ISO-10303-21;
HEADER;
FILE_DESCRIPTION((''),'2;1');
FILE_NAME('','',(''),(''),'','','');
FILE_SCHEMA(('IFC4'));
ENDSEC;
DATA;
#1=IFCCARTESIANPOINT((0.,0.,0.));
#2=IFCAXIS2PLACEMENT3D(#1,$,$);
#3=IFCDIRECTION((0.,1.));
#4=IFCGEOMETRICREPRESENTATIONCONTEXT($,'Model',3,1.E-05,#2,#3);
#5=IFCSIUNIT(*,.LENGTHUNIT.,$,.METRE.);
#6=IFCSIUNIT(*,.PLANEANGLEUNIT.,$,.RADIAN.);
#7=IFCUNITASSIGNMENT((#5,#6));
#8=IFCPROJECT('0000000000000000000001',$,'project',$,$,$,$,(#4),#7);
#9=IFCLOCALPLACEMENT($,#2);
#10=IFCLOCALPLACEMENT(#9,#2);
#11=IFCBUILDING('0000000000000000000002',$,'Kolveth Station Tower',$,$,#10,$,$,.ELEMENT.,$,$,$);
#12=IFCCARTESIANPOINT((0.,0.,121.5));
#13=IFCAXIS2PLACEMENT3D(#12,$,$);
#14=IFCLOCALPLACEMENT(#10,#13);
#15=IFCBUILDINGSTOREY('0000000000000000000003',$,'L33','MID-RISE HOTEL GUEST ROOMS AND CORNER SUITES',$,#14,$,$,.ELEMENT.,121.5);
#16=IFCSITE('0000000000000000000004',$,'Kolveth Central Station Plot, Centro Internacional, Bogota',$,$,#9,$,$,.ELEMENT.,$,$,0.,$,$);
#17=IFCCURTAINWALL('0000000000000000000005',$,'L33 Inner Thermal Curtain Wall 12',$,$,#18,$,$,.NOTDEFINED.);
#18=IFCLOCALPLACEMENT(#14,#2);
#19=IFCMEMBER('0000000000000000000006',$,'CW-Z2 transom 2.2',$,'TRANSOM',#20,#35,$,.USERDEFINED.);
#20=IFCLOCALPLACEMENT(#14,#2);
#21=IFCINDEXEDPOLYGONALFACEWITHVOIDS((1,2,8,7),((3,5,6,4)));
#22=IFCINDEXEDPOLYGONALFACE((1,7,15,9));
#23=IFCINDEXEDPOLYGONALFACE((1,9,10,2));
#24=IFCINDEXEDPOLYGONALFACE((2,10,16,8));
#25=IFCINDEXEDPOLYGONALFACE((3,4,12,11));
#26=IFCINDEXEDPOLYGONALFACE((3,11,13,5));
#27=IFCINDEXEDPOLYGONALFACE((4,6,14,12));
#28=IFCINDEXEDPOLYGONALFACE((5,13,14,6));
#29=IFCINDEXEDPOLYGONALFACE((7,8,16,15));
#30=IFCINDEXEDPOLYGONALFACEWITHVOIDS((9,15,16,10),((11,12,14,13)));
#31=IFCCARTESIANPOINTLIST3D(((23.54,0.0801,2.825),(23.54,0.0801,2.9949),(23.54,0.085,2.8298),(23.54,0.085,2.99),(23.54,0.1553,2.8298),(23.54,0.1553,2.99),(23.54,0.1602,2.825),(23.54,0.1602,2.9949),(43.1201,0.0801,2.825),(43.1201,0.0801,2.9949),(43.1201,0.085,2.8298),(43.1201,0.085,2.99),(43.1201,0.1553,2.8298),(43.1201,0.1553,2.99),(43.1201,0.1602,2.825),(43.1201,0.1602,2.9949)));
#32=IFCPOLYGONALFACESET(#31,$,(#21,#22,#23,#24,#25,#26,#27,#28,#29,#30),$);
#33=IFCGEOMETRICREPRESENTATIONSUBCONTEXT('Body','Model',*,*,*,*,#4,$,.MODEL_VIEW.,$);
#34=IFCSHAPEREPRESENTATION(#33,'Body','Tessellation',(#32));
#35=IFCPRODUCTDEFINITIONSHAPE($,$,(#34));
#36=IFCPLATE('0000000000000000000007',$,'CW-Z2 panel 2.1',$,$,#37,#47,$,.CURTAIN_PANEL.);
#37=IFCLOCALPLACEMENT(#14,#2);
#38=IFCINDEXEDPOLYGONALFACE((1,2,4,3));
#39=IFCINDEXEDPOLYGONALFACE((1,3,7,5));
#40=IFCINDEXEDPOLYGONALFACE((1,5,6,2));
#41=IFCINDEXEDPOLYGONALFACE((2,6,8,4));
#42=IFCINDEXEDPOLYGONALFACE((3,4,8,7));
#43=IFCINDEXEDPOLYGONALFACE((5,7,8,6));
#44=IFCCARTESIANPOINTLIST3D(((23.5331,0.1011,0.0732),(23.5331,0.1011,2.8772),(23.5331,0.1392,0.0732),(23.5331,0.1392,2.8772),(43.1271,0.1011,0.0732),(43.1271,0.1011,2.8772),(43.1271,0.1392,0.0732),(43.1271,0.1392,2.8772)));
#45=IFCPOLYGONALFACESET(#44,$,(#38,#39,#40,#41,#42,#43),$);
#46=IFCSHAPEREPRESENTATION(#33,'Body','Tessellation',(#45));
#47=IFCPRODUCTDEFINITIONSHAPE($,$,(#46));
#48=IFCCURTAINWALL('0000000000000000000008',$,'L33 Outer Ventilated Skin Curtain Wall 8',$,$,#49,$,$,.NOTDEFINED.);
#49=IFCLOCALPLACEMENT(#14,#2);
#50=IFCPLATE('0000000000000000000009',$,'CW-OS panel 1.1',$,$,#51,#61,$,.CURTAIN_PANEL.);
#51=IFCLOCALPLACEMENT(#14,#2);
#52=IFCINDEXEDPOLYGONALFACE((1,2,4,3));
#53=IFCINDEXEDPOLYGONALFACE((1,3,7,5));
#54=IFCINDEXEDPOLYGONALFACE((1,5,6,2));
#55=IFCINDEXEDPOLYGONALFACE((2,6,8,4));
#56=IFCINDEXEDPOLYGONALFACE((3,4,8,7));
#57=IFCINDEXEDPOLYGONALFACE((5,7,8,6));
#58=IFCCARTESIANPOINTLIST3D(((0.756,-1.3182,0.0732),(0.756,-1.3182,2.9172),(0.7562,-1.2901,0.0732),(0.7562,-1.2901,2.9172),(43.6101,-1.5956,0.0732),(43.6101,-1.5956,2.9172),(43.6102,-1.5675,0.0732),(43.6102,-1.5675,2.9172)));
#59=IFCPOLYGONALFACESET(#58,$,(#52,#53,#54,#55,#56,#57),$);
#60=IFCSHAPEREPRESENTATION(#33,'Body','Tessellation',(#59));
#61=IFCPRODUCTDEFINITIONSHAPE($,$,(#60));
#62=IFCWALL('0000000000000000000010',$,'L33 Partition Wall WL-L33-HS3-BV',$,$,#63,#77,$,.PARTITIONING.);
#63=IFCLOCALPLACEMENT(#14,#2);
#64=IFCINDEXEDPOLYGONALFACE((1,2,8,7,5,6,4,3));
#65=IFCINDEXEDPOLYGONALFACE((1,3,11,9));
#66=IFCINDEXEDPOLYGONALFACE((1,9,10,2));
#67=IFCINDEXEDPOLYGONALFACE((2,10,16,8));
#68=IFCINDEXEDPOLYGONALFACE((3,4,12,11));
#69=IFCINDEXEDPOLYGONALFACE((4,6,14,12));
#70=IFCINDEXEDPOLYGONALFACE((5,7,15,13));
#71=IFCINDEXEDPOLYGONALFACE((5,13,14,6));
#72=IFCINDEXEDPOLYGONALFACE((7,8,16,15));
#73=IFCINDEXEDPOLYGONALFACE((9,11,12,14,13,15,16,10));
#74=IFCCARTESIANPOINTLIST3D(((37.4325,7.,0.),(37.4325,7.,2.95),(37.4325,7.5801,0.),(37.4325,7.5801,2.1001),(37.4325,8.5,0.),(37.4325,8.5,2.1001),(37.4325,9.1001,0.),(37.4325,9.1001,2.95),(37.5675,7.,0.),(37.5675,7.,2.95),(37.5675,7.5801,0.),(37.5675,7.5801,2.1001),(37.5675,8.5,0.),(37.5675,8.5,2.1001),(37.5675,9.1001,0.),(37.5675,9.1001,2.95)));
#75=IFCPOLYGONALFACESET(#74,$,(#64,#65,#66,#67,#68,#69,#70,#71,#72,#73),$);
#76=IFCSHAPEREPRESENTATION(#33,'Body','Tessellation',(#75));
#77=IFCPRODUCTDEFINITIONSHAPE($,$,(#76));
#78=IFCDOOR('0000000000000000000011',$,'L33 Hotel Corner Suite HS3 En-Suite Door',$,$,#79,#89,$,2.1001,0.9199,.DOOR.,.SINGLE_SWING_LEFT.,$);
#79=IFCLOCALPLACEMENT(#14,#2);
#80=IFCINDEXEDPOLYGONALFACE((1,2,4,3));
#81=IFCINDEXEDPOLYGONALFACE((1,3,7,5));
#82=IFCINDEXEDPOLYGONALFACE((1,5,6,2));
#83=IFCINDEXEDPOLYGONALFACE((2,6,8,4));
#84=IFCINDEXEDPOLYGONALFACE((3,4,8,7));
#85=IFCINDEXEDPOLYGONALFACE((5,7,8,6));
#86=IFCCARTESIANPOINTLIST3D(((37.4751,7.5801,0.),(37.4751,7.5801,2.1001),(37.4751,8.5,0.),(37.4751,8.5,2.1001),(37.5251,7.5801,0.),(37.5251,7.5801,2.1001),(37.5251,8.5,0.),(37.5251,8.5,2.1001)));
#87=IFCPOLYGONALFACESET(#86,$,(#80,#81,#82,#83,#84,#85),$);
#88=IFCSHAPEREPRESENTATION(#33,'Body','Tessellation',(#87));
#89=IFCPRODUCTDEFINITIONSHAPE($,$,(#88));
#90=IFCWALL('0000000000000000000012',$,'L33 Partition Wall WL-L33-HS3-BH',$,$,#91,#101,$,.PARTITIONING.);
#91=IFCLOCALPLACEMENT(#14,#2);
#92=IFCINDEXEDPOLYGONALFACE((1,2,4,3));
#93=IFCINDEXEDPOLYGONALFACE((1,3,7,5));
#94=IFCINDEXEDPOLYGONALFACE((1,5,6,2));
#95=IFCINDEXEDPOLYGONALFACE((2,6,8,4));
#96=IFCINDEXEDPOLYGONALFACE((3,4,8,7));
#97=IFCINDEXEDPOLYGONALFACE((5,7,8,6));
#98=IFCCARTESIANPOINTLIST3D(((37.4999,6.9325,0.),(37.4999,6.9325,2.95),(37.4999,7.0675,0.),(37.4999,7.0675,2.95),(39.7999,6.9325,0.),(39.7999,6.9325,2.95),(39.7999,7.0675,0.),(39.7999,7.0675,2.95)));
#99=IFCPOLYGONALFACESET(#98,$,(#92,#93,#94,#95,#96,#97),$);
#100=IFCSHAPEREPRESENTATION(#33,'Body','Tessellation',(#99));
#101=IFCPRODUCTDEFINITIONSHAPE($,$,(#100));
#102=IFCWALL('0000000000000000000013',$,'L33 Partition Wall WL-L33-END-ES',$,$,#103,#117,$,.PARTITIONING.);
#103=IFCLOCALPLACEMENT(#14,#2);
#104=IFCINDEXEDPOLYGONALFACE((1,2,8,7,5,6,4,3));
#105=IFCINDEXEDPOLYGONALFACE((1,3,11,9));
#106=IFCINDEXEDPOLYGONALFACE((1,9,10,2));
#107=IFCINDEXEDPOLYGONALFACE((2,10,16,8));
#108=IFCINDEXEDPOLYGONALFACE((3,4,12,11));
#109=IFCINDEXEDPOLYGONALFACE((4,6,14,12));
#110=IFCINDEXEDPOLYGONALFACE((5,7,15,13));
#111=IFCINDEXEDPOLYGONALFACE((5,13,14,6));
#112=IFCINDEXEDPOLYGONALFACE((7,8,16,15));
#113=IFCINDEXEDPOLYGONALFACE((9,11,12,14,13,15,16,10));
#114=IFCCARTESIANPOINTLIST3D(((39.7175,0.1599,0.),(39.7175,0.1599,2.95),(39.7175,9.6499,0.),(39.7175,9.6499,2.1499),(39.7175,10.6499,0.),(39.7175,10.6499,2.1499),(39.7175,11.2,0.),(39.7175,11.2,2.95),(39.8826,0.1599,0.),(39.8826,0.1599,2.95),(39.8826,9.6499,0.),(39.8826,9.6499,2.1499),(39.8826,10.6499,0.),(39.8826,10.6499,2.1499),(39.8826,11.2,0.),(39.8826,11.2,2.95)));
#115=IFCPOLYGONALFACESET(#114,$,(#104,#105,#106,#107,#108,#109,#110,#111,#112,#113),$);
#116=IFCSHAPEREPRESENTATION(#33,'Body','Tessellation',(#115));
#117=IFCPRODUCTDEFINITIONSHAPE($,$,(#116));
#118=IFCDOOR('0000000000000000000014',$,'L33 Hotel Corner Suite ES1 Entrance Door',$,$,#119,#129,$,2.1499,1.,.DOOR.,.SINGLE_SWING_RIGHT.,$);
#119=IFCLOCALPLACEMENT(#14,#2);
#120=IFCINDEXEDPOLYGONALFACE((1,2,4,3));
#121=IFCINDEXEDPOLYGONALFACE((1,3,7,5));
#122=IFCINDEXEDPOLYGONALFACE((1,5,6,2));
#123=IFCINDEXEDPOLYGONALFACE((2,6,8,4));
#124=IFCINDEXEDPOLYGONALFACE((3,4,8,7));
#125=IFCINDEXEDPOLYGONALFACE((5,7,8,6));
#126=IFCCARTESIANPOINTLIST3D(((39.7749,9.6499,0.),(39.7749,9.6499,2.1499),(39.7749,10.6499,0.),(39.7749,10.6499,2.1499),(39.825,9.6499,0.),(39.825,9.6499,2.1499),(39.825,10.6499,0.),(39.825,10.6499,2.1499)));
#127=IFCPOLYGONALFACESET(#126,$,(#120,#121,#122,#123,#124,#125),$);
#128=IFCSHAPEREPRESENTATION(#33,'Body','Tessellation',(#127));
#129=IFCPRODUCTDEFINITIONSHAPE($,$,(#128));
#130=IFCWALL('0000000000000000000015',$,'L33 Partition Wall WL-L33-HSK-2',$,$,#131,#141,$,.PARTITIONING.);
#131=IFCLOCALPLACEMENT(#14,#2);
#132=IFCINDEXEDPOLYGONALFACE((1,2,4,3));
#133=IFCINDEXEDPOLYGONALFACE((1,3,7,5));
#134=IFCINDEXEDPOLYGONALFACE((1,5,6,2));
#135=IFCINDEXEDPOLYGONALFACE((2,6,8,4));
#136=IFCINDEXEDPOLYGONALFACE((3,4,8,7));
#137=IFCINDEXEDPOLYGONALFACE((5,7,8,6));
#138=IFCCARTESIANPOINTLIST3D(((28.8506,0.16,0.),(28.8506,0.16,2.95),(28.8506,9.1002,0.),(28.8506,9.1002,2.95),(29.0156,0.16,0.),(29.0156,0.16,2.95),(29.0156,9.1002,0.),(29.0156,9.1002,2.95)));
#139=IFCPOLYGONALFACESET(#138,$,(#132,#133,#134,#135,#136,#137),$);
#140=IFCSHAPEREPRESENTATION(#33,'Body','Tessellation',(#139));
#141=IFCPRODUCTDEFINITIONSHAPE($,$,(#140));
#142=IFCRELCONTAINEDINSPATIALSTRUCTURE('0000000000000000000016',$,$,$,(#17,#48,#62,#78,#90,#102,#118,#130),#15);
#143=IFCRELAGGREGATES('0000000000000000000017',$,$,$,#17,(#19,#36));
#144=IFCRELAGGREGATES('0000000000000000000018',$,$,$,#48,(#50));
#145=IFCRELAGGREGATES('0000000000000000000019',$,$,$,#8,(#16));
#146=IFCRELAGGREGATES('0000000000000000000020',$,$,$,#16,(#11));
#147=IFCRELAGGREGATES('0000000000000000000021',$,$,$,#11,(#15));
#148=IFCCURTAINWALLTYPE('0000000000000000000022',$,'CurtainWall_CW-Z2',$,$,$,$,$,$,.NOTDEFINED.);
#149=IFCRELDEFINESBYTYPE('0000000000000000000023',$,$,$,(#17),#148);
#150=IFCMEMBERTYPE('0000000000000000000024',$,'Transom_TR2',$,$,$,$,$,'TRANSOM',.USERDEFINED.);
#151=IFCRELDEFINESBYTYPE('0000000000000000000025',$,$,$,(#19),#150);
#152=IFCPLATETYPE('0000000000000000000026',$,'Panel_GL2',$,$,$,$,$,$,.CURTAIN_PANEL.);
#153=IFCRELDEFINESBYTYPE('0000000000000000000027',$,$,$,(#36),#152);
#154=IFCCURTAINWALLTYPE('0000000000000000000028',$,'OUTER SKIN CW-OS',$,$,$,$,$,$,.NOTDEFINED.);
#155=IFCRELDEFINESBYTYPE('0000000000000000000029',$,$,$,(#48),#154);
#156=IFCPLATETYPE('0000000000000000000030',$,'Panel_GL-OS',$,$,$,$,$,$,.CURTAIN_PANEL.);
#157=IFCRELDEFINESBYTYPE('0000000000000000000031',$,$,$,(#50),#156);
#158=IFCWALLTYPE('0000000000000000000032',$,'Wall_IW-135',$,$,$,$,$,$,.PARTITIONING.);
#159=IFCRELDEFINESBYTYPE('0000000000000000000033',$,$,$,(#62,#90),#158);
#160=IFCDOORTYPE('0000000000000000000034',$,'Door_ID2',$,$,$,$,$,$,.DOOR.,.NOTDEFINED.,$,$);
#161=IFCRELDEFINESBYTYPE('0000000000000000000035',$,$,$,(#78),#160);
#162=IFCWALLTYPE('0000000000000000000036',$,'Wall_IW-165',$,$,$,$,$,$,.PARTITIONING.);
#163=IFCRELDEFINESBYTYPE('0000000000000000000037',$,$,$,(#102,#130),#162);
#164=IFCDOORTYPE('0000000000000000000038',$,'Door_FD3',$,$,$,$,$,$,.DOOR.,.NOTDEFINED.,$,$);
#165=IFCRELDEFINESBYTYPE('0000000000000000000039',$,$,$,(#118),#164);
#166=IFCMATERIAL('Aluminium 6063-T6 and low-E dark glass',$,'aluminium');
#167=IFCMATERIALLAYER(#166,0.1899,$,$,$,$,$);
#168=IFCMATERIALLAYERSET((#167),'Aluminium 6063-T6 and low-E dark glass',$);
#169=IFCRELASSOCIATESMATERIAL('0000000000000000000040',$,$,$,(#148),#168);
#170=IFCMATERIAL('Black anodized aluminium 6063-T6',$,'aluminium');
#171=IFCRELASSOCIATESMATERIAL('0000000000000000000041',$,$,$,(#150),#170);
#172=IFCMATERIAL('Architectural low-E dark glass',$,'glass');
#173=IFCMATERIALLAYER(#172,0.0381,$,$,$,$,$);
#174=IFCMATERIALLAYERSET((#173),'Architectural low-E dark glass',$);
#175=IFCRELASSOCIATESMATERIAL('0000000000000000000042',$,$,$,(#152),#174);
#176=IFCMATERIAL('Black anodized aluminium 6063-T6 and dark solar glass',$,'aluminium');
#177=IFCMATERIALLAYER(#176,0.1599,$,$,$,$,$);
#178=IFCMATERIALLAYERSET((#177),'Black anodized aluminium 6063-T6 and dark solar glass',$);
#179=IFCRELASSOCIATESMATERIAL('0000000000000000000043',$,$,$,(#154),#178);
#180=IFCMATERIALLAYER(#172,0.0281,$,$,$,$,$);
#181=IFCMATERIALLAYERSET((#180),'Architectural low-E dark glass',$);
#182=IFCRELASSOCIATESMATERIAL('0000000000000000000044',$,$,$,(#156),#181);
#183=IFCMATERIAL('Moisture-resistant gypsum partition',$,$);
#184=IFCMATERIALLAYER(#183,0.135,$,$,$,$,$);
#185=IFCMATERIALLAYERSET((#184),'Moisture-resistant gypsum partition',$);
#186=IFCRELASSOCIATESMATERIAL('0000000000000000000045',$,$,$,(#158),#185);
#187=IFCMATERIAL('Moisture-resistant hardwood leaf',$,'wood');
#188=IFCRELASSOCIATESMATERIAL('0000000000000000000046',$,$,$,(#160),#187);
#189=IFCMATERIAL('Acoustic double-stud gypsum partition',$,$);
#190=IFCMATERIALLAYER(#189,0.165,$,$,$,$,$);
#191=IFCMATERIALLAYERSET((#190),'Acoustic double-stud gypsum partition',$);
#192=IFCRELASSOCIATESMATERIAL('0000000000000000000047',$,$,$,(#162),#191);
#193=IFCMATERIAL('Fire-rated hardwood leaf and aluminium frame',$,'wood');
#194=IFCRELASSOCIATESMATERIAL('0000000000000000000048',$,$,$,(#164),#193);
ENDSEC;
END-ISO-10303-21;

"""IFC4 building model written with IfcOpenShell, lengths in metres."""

from ifc_helpers import new_model, si_unit, direction, frame, frame_2d, origin, origin_2d, place, context, subcontext, project, spatial, rectangle, hollow_rectangle, extrude, source, transform, mapped, material, layer, layer_set, material_profile, profile_set, type_object, element, fill, aggregate, save


model = new_model("IFC4")

# Units and contexts
model_context = context("Model", 3, precision=1e-05, world=origin(), true_north=direction((0.0, 1.0)))
body_context = subcontext(model_context, "Body", "Model", "MODEL_VIEW")
ifc_project = project(units=[si_unit("LENGTHUNIT", "METRE"), si_unit("PLANEANGLEUNIT", "RADIAN")], contexts=[model_context])

# Site, building, storey
site_placement = place(None, origin())
site = spatial("IfcSite", under=ifc_project, at=site_placement, Name="Kolveth Central Station Plot, Centro Internacional, Bogota", CompositionType="ELEMENT", RefElevation=0.0)
building_placement = place(site_placement, origin())
building = spatial("IfcBuilding", under=site, at=building_placement, Name="Kolveth Station Tower", CompositionType="ELEMENT")
storey_placement = place(building_placement, frame((0.0, 0.0, 121.5)))
storey = spatial("IfcBuildingStorey", under=building, at=storey_placement, Name="L33", Description="MID-RISE HOTEL GUEST ROOMS AND CORNER SUITES", CompositionType="ELEMENT", Elevation=121.5)

# Curtain wall, member, plate
ifc_material_1 = material(Name="Aluminium 6063-T6 and low-E dark glass", Category="aluminium")
ifc_layer_1 = layer(ifc_material_1, 0.1899)
ifc_layer_set_1 = layer_set([ifc_layer_1], Name="Aluminium 6063-T6 and low-E dark glass")
curtain_wall_type_1 = type_object("IfcCurtainWallType", Name="CurtainWall_CW-Z2", PredefinedType="NOTDEFINED", material=ifc_layer_set_1)
curtain_wall_1_placement = place(storey_placement, origin())
curtain_wall_1 = element("IfcCurtainWall", 1, at=curtain_wall_1_placement, inside=storey, type_object=curtain_wall_type_1, Name="L33 Inner Thermal Curtain Wall 12", PredefinedType="NOTDEFINED")
ifc_material_2 = material(Name="Black anodized aluminium 6063-T6", Category="aluminium")
ifc_material_profile_1 = material_profile(ifc_material_2, hollow_rectangle(XDim=0.0801, YDim=0.1699, WallThickness=0.0049, at=origin_2d()), Name="ALU-80x170x5")
ifc_profile_set_1 = profile_set([ifc_material_profile_1], Name="Black anodized aluminium 6063-T6")
member_type_1 = type_object("IfcMemberType", Name="Transom_TR2", ElementType="TRANSOM", PredefinedType="USERDEFINED", material=ifc_profile_set_1)
shared_shape_1 = source(origin(), body_context, "Body", "SweptSolid", [
    extrude(hollow_rectangle(XDim=0.0801, YDim=0.1699, WallThickness=0.0049, at=origin_2d()), origin(), (0.0, 0.0, 1.0), 19.5801),
])
member_1_placement = place(storey_placement, frame((23.54, 0.1201, 2.9099), z_axis=(1.0, 0.0, 0.0), x_axis=(0.0, 1.0, 0.0)))
member_1 = element("IfcMember", 2, at=member_1_placement, type_object=member_type_1, Name="CW-Z2 transom 2.2", ObjectType="TRANSOM", PredefinedType="USERDEFINED", context=body_context, shape_type="MappedRepresentation", body=[
    mapped(shared_shape_1, transform((0.0, 0.0, 0.0), x_axis=(1.0, 0.0, 0.0), y_axis=(0.0, 1.0, 0.0), z_axis=(0.0, 0.0, 1.0), scale=1.0)),
])
ifc_material_3 = material(Name="Architectural low-E dark glass", Category="glass")
ifc_layer_2 = layer(ifc_material_3, 0.0381)
ifc_layer_set_2 = layer_set([ifc_layer_2], Name="Architectural low-E dark glass")
plate_type_1 = type_object("IfcPlateType", Name="Panel_GL2", PredefinedType="CURTAIN_PANEL", material=ifc_layer_set_2)
shared_shape_2 = source(origin(), body_context, "Body", "SweptSolid", [
    extrude(rectangle(XDim=19.594, YDim=0.0381, at=origin_2d()), origin(), (0.0, 0.0, 1.0), 2.804),
])
plate_1_placement = place(storey_placement, frame((33.3301, 0.1201, 0.0732), z_axis=(0.0, 0.0, 1.0), x_axis=(1.0, 0.0, 0.0)))
plate_1 = element("IfcPlate", 3, at=plate_1_placement, type_object=plate_type_1, Name="CW-Z2 panel 2.1", PredefinedType="CURTAIN_PANEL", context=body_context, shape_type="MappedRepresentation", body=[
    mapped(shared_shape_2, transform((0.0, 0.0, 0.0), x_axis=(1.0, 0.0, 0.0), y_axis=(0.0, 1.0, 0.0), z_axis=(0.0, 0.0, 1.0), scale=1.0)),
])
aggregate(curtain_wall_1, [member_1, plate_1])

# Curtain wall, plate
ifc_material_4 = material(Name="Black anodized aluminium 6063-T6 and dark solar glass", Category="aluminium")
ifc_layer_3 = layer(ifc_material_4, 0.1599)
ifc_layer_set_3 = layer_set([ifc_layer_3], Name="Black anodized aluminium 6063-T6 and dark solar glass")
curtain_wall_type_2 = type_object("IfcCurtainWallType", Name="OUTER SKIN CW-OS", PredefinedType="NOTDEFINED", material=ifc_layer_set_3)
curtain_wall_2_placement = place(storey_placement, origin())
curtain_wall_2 = element("IfcCurtainWall", 4, at=curtain_wall_2_placement, inside=storey, type_object=curtain_wall_type_2, Name="L33 Outer Ventilated Skin Curtain Wall 8", PredefinedType="NOTDEFINED")
ifc_layer_4 = layer(ifc_material_3, 0.0281)
ifc_layer_set_4 = layer_set([ifc_layer_4], Name="Architectural low-E dark glass")
plate_type_2 = type_object("IfcPlateType", Name="Panel_GL-OS", PredefinedType="CURTAIN_PANEL", material=ifc_layer_set_4)
shared_shape_3 = source(origin(), body_context, "Body", "SweptSolid", [
    extrude(rectangle(XDim=42.855, YDim=0.0281, at=origin_2d()), origin(), (0.0, 0.0, 1.0), 2.844),
])
plate_2_placement = place(storey_placement, frame((22.1831, -1.4429, 0.0732), z_axis=(0.0, 0.0, 1.0), x_axis=(0.999979, -0.006474, 0.0)))
plate_2 = element("IfcPlate", 5, at=plate_2_placement, type_object=plate_type_2, Name="CW-OS panel 1.1", PredefinedType="CURTAIN_PANEL", context=body_context, shape_type="MappedRepresentation", body=[
    mapped(shared_shape_3, transform((0.0, 0.0, 0.0), x_axis=(1.0, 0.0, 0.0), y_axis=(0.0, 1.0, 0.0), z_axis=(0.0, 0.0, 1.0), scale=1.0)),
])
aggregate(curtain_wall_2, [plate_2])

# Wall, opening, door
ifc_material_5 = material(Name="Moisture-resistant gypsum partition")
ifc_layer_5 = layer(ifc_material_5, 0.135)
ifc_layer_set_5 = layer_set([ifc_layer_5], Name="Moisture-resistant gypsum partition")
wall_type_1 = type_object("IfcWallType", Name="Wall_IW-135", PredefinedType="PARTITIONING", material=ifc_layer_set_5)
wall_1_placement = place(storey_placement, frame((37.5, 7.0, 0.0), z_axis=(0.0, 0.0, 1.0), x_axis=(0.0, 1.0, 0.0)))
wall_1 = element("IfcWall", 6, at=wall_1_placement, inside=storey, type_object=wall_type_1, Name="L33 Partition Wall WL-L33-HS3-BV", PredefinedType="PARTITIONING", context=body_context, shape_type="SweptSolid", body=[
    extrude(rectangle(XDim=2.1001, YDim=0.135, at=frame_2d((1.05, 0.0))), origin(), (0.0, 0.0, 1.0), 2.95),
])
opening_1_placement = place(wall_1_placement, frame((0.5801, 0.0, 0.0)))
opening_1 = element("IfcOpeningElement", 7, at=opening_1_placement, cuts=wall_1, PredefinedType="OPENING", context=body_context, shape_type="SweptSolid", body=[
    extrude(rectangle(XDim=0.9199, YDim=2.1001, at=frame_2d((0.46, 1.05))), frame((0.0, 0.0774, 0.0), z_axis=(0.0, -1.0, 0.0), x_axis=(1.0, 0.0, 0.0)), (0.0, 0.0, 1.0), 0.155),
])
ifc_material_6 = material(Name="Moisture-resistant hardwood leaf", Category="wood")
door_type_1 = type_object("IfcDoorType", Name="Door_ID2", OperationType="NOTDEFINED", PredefinedType="DOOR", material=ifc_material_6)
door_1_placement = place(opening_1_placement, origin())
door_1 = element("IfcDoor", 8, at=door_1_placement, inside=storey, type_object=door_type_1, Name="L33 Hotel Corner Suite HS3 En-Suite Door", OperationType="SINGLE_SWING_LEFT", OverallHeight=2.1001, OverallWidth=0.9199, PredefinedType="DOOR", context=body_context, shape_type="SweptSolid", body=[
    extrude(rectangle(XDim=0.9199, YDim=2.1001, at=frame_2d((0.46, 1.05))), frame((0.0, 0.0249, 0.0), z_axis=(0.0, -1.0, 0.0), x_axis=(1.0, 0.0, 0.0)), (0.0, 0.0, 1.0), 0.05),
])
fill(opening_1, door_1)

# Wall
wall_2_placement = place(storey_placement, frame((37.5, 7.0, 0.0), z_axis=(0.0, 0.0, 1.0), x_axis=(1.0, 0.0, 0.0)))
element("IfcWall", 9, at=wall_2_placement, inside=storey, type_object=wall_type_1, Name="L33 Partition Wall WL-L33-HS3-BH", PredefinedType="PARTITIONING", context=body_context, shape_type="SweptSolid", body=[
    extrude(rectangle(XDim=2.3, YDim=0.135, at=frame_2d((1.1499, 0.0))), origin(), (0.0, 0.0, 1.0), 2.95),
])

# Wall, opening, door
ifc_material_7 = material(Name="Acoustic double-stud gypsum partition")
ifc_layer_6 = layer(ifc_material_7, 0.165)
ifc_layer_set_6 = layer_set([ifc_layer_6], Name="Acoustic double-stud gypsum partition")
wall_type_2 = type_object("IfcWallType", Name="Wall_IW-165", PredefinedType="PARTITIONING", material=ifc_layer_set_6)
wall_3_placement = place(storey_placement, frame((39.8, 0.1599, 0.0), z_axis=(0.0, 0.0, 1.0), x_axis=(0.0, 1.0, 0.0)))
wall_3 = element("IfcWall", 10, at=wall_3_placement, inside=storey, type_object=wall_type_2, Name="L33 Partition Wall WL-L33-END-ES", PredefinedType="PARTITIONING", context=body_context, shape_type="SweptSolid", body=[
    extrude(rectangle(XDim=11.04, YDim=0.165, at=frame_2d((5.52, 0.0))), origin(), (0.0, 0.0, 1.0), 2.95),
])
opening_2_placement = place(wall_3_placement, frame((9.49, 0.0, 0.0)))
opening_2 = element("IfcOpeningElement", 11, at=opening_2_placement, cuts=wall_3, PredefinedType="OPENING", context=body_context, shape_type="SweptSolid", body=[
    extrude(rectangle(XDim=1.0, YDim=2.1499, at=frame_2d((0.5, 1.075))), frame((0.0, 0.0925, 0.0), z_axis=(0.0, -1.0, 0.0), x_axis=(1.0, 0.0, 0.0)), (0.0, 0.0, 1.0), 0.1851),
])
ifc_material_8 = material(Name="Fire-rated hardwood leaf and aluminium frame", Category="wood")
door_type_2 = type_object("IfcDoorType", Name="Door_FD3", OperationType="NOTDEFINED", PredefinedType="DOOR", material=ifc_material_8)
door_2_placement = place(opening_2_placement, frame((1.0, 0.0, 0.0), z_axis=(0.0, 0.0, 1.0), x_axis=(-1.0, 0.0, 0.0)))
door_2 = element("IfcDoor", 12, at=door_2_placement, inside=storey, type_object=door_type_2, Name="L33 Hotel Corner Suite ES1 Entrance Door", OperationType="SINGLE_SWING_RIGHT", OverallHeight=2.1499, OverallWidth=1.0, PredefinedType="DOOR", context=body_context, shape_type="SweptSolid", body=[
    extrude(rectangle(XDim=1.0, YDim=2.1499, at=frame_2d((0.5, 1.075))), frame((0.0, 0.0249, 0.0), z_axis=(0.0, -1.0, 0.0), x_axis=(1.0, 0.0, 0.0)), (0.0, 0.0, 1.0), 0.05),
])
fill(opening_2, door_2)

# Wall
wall_4_placement = place(storey_placement, frame((28.9331, 0.1599, 0.0), z_axis=(0.0, 0.0, 1.0), x_axis=(0.0, 1.0, 0.0)))
element("IfcWall", 13, at=wall_4_placement, inside=storey, type_object=wall_type_2, Name="L33 Partition Wall WL-L33-HSK-2", PredefinedType="PARTITIONING", context=body_context, shape_type="SweptSolid", body=[
    extrude(rectangle(XDim=8.9402, YDim=0.165, at=frame_2d((4.4702, 0.0))), origin(), (0.0, 0.0, 1.0), 2.95),
])

save(model, "model.ifc")
